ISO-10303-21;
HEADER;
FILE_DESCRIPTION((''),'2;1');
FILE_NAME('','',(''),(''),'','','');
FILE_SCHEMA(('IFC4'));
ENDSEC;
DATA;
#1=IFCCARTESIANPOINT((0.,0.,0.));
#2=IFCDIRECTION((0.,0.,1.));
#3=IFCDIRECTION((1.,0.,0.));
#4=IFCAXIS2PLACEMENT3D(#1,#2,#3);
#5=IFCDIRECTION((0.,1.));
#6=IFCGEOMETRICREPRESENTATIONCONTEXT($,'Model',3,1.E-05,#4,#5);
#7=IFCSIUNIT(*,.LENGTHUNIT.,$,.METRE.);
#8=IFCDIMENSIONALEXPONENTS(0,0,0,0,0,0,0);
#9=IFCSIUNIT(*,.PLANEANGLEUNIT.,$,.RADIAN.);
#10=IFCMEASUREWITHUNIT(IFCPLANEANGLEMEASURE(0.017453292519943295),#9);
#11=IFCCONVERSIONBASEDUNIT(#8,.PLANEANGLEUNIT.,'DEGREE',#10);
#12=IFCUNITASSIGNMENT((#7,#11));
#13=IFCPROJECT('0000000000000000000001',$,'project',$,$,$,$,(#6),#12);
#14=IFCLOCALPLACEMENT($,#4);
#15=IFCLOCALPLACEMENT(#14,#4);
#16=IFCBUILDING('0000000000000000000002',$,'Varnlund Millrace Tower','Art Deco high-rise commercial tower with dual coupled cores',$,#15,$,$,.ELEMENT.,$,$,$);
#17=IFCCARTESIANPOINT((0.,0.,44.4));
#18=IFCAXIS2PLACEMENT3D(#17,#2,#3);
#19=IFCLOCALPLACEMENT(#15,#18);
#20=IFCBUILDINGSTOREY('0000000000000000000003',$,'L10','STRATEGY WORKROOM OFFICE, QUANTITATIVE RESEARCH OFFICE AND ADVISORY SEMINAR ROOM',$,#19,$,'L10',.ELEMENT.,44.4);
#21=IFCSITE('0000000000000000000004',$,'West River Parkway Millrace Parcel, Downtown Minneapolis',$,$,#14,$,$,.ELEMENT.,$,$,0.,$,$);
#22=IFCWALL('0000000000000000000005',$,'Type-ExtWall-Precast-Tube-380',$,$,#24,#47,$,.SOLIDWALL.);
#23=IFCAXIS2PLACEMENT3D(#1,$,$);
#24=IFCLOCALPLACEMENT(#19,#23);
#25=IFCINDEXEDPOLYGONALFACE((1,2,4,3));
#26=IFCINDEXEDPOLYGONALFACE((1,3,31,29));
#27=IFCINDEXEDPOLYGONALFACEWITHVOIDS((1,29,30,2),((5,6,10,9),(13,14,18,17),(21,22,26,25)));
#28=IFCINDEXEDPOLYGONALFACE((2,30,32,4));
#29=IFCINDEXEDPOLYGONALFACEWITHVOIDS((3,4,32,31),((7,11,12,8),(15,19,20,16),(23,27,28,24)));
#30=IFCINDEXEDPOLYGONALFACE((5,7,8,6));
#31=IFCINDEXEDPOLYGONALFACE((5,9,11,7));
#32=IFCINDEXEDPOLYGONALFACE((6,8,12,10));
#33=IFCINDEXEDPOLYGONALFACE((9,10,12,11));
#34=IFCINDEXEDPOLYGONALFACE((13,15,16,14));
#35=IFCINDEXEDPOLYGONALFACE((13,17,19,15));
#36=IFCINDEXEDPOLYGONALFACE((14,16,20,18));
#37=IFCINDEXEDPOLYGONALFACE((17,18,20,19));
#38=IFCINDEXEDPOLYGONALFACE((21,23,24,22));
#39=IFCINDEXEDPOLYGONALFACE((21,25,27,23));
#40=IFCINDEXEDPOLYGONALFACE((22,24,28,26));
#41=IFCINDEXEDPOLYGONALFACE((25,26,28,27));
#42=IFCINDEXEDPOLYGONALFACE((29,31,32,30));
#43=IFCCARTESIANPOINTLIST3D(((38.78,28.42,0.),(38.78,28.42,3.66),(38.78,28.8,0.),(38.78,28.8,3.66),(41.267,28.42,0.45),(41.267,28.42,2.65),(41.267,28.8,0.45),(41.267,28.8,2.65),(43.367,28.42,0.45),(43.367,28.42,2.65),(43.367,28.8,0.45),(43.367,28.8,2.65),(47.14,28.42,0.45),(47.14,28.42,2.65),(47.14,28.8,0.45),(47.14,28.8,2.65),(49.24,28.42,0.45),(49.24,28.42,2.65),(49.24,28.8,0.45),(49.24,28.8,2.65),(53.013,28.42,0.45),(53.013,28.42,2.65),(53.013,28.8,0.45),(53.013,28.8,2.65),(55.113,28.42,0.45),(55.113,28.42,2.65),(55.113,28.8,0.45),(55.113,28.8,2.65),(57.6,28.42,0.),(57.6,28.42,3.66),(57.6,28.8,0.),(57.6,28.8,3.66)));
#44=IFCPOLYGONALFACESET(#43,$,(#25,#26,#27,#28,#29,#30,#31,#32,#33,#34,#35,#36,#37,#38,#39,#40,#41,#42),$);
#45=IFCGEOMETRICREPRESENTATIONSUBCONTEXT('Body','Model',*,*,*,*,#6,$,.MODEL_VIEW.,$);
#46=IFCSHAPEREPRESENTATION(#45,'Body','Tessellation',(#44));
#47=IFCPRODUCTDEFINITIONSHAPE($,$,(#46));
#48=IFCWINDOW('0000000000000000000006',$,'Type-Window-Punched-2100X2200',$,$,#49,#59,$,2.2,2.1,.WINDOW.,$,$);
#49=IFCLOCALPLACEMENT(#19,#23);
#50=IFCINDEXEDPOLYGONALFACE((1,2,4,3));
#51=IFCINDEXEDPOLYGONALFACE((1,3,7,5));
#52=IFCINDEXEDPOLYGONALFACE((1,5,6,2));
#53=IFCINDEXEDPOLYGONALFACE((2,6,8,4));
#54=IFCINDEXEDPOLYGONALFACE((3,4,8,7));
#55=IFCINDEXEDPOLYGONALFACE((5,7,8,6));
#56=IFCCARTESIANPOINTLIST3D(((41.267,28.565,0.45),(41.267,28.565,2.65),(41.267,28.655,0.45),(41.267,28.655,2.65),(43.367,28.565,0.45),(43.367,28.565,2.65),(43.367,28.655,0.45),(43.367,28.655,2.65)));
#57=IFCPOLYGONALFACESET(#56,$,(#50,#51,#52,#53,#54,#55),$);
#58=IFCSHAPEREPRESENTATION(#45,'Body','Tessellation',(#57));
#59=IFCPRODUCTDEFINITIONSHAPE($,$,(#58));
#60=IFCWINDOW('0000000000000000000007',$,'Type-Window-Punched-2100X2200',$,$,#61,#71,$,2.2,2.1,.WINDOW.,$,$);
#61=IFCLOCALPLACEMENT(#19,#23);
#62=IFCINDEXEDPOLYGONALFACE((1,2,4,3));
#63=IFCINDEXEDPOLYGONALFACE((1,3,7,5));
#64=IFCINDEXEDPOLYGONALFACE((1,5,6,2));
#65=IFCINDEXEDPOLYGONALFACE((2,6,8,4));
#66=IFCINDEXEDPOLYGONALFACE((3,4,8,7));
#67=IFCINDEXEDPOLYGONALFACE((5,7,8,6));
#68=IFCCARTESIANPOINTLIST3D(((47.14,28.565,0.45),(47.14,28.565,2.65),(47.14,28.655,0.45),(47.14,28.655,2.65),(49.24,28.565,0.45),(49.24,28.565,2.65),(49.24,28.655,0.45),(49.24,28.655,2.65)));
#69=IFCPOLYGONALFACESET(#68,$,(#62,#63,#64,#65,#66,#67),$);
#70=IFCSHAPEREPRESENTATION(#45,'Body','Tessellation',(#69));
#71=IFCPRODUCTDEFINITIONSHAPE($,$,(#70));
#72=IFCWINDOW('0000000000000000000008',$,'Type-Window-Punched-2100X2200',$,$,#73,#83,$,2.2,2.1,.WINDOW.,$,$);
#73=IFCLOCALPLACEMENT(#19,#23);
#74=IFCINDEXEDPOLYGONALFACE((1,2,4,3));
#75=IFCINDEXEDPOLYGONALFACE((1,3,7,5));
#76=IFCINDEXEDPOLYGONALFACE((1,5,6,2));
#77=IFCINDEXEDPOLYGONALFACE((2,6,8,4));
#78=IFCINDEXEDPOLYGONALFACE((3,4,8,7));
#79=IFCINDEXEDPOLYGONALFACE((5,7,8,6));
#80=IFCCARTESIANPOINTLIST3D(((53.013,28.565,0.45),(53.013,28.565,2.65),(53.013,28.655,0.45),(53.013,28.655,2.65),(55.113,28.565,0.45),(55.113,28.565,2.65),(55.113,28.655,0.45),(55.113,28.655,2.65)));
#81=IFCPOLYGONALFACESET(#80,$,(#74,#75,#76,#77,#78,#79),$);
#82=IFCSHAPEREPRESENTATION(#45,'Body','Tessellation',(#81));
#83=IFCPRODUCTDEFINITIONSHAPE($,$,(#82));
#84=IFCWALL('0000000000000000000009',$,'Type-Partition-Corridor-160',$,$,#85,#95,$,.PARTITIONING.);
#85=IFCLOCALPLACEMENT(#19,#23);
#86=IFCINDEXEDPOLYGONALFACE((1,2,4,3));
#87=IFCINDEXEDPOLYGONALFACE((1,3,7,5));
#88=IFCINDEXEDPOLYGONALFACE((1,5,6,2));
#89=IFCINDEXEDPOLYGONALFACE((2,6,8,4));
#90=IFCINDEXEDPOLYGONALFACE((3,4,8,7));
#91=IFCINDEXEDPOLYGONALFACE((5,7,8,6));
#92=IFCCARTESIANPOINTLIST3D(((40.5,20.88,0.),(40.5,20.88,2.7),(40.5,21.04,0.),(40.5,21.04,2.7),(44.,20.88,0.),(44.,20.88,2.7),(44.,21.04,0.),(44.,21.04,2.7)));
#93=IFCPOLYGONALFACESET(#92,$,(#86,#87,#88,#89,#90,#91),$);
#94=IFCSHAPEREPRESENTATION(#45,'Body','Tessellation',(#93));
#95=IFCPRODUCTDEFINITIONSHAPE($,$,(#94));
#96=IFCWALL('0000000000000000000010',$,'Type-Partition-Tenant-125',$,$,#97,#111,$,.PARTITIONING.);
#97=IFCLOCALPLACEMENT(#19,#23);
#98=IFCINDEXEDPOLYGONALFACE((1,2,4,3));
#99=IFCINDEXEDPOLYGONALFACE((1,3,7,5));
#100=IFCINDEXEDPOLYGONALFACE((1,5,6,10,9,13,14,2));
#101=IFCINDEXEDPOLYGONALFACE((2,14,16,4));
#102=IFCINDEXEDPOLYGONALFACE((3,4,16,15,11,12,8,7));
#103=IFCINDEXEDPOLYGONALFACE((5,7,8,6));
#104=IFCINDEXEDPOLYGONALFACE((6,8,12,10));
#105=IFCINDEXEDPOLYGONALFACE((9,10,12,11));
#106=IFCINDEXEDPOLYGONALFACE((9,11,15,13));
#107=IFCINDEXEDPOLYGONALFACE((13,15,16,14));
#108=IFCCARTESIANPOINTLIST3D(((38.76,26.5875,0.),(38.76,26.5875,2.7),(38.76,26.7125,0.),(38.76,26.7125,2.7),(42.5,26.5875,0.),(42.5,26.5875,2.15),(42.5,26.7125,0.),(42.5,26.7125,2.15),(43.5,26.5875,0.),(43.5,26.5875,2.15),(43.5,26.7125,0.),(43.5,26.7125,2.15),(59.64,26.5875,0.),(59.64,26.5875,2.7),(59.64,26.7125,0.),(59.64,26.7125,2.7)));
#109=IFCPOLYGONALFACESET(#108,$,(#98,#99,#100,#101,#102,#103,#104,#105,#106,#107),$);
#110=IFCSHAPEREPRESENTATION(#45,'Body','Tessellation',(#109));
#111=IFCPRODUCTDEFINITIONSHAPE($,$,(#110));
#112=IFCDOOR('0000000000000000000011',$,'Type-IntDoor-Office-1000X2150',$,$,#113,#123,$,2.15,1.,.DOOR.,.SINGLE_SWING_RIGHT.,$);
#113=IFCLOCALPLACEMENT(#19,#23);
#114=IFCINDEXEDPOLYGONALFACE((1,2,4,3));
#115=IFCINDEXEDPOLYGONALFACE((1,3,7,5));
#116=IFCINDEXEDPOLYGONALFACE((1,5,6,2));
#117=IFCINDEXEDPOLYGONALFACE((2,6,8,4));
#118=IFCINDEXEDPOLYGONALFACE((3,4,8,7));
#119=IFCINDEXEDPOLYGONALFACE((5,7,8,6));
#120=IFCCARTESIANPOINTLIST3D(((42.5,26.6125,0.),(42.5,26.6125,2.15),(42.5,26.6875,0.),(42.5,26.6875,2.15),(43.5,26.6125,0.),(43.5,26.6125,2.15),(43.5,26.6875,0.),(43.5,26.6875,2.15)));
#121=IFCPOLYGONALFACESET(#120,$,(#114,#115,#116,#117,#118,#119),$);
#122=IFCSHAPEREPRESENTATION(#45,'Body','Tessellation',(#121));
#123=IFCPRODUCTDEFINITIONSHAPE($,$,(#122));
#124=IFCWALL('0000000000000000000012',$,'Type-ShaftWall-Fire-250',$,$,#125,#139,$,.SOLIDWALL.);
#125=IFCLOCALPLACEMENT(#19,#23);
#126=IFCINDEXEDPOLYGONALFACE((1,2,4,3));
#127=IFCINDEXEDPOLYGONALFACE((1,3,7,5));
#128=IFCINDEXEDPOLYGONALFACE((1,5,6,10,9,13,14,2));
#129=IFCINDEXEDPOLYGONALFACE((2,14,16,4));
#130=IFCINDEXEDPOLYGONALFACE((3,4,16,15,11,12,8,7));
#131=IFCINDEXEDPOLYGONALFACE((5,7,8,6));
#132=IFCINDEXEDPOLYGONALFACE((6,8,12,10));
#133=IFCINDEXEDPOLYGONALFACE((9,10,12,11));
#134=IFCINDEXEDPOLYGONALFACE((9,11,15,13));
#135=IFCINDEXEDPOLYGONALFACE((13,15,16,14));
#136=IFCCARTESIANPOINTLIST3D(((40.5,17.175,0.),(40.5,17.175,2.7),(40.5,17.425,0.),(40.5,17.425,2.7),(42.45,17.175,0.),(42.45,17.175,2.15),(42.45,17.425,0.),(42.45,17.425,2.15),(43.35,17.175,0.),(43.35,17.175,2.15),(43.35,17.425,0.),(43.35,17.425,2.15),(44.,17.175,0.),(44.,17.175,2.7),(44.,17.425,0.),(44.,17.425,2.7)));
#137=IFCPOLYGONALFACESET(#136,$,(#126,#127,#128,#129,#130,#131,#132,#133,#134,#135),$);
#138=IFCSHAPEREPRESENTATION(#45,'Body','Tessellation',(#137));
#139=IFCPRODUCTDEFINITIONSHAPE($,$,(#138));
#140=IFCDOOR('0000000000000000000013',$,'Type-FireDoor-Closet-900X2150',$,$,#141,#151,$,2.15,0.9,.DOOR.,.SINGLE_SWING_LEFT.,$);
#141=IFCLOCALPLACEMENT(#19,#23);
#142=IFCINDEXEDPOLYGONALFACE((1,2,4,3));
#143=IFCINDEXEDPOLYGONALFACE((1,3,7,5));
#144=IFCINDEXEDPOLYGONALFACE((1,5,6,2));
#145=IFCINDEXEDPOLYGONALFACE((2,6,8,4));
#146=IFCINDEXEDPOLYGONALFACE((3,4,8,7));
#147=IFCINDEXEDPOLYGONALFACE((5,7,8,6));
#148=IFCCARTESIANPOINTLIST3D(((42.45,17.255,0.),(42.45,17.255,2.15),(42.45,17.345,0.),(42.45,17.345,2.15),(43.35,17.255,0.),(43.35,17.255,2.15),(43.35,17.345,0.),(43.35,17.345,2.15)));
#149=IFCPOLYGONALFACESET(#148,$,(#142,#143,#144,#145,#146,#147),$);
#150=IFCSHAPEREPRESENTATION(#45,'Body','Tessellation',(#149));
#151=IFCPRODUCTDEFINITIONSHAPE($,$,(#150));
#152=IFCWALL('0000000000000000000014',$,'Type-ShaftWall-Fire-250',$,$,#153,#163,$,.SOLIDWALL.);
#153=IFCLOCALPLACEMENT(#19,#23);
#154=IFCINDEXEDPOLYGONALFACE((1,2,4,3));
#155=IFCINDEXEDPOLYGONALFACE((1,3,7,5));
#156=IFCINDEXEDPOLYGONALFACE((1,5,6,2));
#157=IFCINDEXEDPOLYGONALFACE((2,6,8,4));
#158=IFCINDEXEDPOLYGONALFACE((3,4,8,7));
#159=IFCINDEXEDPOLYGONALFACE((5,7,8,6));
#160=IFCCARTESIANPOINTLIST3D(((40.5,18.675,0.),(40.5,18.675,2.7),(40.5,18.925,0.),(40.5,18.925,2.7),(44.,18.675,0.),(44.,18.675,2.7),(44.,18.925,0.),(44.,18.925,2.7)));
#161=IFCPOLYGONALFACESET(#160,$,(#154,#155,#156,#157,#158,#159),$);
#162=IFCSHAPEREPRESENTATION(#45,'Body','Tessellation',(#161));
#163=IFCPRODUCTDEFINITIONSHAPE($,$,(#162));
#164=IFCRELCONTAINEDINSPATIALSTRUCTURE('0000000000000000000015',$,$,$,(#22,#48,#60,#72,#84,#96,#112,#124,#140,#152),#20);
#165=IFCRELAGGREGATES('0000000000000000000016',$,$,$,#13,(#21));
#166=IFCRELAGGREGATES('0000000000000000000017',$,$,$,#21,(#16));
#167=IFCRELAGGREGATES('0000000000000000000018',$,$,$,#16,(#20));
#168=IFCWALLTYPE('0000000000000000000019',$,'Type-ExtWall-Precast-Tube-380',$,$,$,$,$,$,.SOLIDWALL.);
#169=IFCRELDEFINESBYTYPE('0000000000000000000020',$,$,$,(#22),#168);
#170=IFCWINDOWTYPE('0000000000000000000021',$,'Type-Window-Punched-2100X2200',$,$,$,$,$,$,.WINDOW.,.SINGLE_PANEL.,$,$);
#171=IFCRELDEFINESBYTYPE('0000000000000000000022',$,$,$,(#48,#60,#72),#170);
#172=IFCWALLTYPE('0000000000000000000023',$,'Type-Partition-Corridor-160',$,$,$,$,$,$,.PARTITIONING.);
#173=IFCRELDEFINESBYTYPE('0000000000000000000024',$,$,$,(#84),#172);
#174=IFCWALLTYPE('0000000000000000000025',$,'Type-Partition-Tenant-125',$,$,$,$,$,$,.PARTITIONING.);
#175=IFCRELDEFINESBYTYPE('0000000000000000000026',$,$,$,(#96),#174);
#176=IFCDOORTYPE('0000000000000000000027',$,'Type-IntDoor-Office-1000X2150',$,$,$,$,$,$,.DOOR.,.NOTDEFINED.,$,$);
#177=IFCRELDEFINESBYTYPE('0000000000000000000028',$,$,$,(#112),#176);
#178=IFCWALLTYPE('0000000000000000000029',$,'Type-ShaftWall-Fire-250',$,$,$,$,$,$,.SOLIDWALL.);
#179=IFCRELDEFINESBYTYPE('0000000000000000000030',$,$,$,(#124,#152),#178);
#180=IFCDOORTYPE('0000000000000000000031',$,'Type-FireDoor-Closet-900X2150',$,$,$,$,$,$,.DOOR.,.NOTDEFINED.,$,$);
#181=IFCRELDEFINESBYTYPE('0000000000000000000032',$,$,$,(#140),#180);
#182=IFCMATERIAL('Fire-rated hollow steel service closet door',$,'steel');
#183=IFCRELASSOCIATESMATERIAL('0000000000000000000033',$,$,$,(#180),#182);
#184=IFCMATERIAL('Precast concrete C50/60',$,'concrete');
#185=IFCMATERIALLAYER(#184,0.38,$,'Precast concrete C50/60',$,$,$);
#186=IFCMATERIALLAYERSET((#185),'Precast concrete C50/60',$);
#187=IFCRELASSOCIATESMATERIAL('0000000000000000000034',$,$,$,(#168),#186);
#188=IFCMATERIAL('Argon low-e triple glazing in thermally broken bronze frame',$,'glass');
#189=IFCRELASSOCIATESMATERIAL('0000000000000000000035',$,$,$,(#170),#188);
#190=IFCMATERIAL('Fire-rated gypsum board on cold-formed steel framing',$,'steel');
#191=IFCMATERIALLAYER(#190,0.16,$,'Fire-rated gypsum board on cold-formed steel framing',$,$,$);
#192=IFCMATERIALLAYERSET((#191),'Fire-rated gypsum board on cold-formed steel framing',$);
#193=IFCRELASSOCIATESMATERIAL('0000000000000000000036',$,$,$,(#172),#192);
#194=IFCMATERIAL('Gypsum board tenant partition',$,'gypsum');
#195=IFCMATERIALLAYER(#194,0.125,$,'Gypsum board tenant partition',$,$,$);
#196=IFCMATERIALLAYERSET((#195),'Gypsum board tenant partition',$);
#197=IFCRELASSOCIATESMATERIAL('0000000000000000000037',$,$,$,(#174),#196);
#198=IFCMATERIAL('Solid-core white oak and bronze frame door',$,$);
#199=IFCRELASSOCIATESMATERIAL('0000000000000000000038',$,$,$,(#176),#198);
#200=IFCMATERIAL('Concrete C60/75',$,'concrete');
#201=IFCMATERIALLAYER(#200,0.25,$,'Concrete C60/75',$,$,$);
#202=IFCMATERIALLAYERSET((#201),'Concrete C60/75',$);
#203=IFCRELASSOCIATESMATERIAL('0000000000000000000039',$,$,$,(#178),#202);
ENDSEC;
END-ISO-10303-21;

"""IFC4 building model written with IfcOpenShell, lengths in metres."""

from ifc_helpers import new_model, entity, si_unit, converted_unit, direction, frame, origin_with_axes, origin_2d_with_axis, place, context, subcontext, project, spatial, polyline, rectangle, outline, extrude, material, layer, layer_set, type_object, element, fill, save


model = new_model("IFC4")

# Units and contexts
model_context = context("Model", 3, precision=1e-05, world=origin_with_axes(), true_north=direction((0.0, 1.0)))
body_context = subcontext(model_context, "Body", "Model", "MODEL_VIEW")
ifc_project = project(units=[si_unit("LENGTHUNIT", "METRE"), converted_unit("PLANEANGLEUNIT", "DEGREE", entity("IfcPlaneAngleMeasure", 0.017453292519943295), si_unit("PLANEANGLEUNIT", "RADIAN"), dimensions=[0, 0, 0, 0, 0, 0, 0])], contexts=[model_context])

# Site, building, storey
site_placement = place(None, origin_with_axes())
site = spatial("IfcSite", under=ifc_project, at=site_placement, Name="West River Parkway Millrace Parcel, Downtown Minneapolis", CompositionType="ELEMENT", RefElevation=0.0)
building_placement = place(site_placement, origin_with_axes())
building = spatial("IfcBuilding", under=site, at=building_placement, Name="Varnlund Millrace Tower", Description="Art Deco high-rise commercial tower with dual coupled cores", CompositionType="ELEMENT")
storey_placement = place(building_placement, frame((0.0, 0.0, 44.4), z_axis=(0.0, 0.0, 1.0), x_axis=(1.0, 0.0, 0.0)))
storey = spatial("IfcBuildingStorey", under=building, at=storey_placement, Name="L10", Description="STRATEGY WORKROOM OFFICE, QUANTITATIVE RESEARCH OFFICE AND ADVISORY SEMINAR ROOM", LongName="L10", CompositionType="ELEMENT", Elevation=44.4)

# Shared definitions
ifc_material_1 = material(Name="Fire-rated hollow steel service closet door", Category="steel")
door_type_1 = type_object("IfcDoorType", Name="Type-FireDoor-Closet-900X2150", OperationType="NOTDEFINED", PredefinedType="DOOR", material=ifc_material_1)

# Wall, openings, windows
ifc_material_2 = material(Name="Precast concrete C50/60", Category="concrete")
ifc_layer_1 = layer(ifc_material_2, 0.38, Name="Precast concrete C50/60")
ifc_layer_set_1 = layer_set([ifc_layer_1], Name="Precast concrete C50/60")
wall_type_1 = type_object("IfcWallType", Name="Type-ExtWall-Precast-Tube-380", PredefinedType="SOLIDWALL", material=ifc_layer_set_1)
wall_1_placement = place(storey_placement, frame((38.78, 28.61, 0.0), z_axis=(0.0, 0.0, 1.0), x_axis=(1.0, 0.0, 0.0)))
wall_1 = element("IfcWall", 1, at=wall_1_placement, inside=storey, type_object=wall_type_1, Name="Type-ExtWall-Precast-Tube-380", PredefinedType="SOLIDWALL", context=body_context, shape_type="SweptSolid", body=[
    extrude(outline(polyline([(0.0, -0.19), (18.82, -0.19), (18.82, 0.19), (0.0, 0.19), (0.0, -0.19)])), origin_with_axes(), (0.0, 0.0, 1.0), 3.66),
])
opening_1_placement = place(wall_1_placement, frame((3.537, 0.0, 0.45), z_axis=(0.0, 0.0, 1.0), x_axis=(1.0, 0.0, 0.0)))
opening_1 = element("IfcOpeningElement", 2, at=opening_1_placement, cuts=wall_1, PredefinedType="OPENING", context=body_context, shape_type="SweptSolid", body=[
    extrude(rectangle(XDim=2.1, YDim=0.4, at=origin_2d_with_axis()), origin_with_axes(), (0.0, 0.0, 1.0), 2.2),
])
opening_2_placement = place(wall_1_placement, frame((9.41, 0.0, 0.45), z_axis=(0.0, 0.0, 1.0), x_axis=(1.0, 0.0, 0.0)))
opening_2 = element("IfcOpeningElement", 3, at=opening_2_placement, cuts=wall_1, PredefinedType="OPENING", context=body_context, shape_type="SweptSolid", body=[
    extrude(rectangle(XDim=2.1, YDim=0.4, at=origin_2d_with_axis()), origin_with_axes(), (0.0, 0.0, 1.0), 2.2),
])
opening_3_placement = place(wall_1_placement, frame((15.283, 0.0, 0.45), z_axis=(0.0, 0.0, 1.0), x_axis=(1.0, 0.0, 0.0)))
opening_3 = element("IfcOpeningElement", 4, at=opening_3_placement, cuts=wall_1, PredefinedType="OPENING", context=body_context, shape_type="SweptSolid", body=[
    extrude(rectangle(XDim=2.1, YDim=0.4, at=origin_2d_with_axis()), origin_with_axes(), (0.0, 0.0, 1.0), 2.2),
])
ifc_material_3 = material(Name="Argon low-e triple glazing in thermally broken bronze frame", Category="glass")
window_type = type_object("IfcWindowType", Name="Type-Window-Punched-2100X2200", PartitioningType="SINGLE_PANEL", PredefinedType="WINDOW", material=ifc_material_3)
window_1_placement = place(wall_1_placement, frame((3.537, 0.0, 0.45), z_axis=(0.0, 0.0, 1.0), x_axis=(1.0, 0.0, 0.0)))
window_1 = element("IfcWindow", 5, at=window_1_placement, inside=storey, type_object=window_type, Name="Type-Window-Punched-2100X2200", OverallHeight=2.2, OverallWidth=2.1, PredefinedType="WINDOW", context=body_context, shape_type="SweptSolid", body=[
    extrude(rectangle(XDim=2.1, YDim=0.09, at=origin_2d_with_axis()), origin_with_axes(), (0.0, 0.0, 1.0), 2.2),
])
fill(opening_1, window_1)
window_2_placement = place(wall_1_placement, frame((9.41, 0.0, 0.45), z_axis=(0.0, 0.0, 1.0), x_axis=(1.0, 0.0, 0.0)))
window_2 = element("IfcWindow", 6, at=window_2_placement, inside=storey, type_object=window_type, Name="Type-Window-Punched-2100X2200", OverallHeight=2.2, OverallWidth=2.1, PredefinedType="WINDOW", context=body_context, shape_type="SweptSolid", body=[
    extrude(rectangle(XDim=2.1, YDim=0.09, at=origin_2d_with_axis()), origin_with_axes(), (0.0, 0.0, 1.0), 2.2),
])
fill(opening_2, window_2)
window_3_placement = place(wall_1_placement, frame((15.283, 0.0, 0.45), z_axis=(0.0, 0.0, 1.0), x_axis=(1.0, 0.0, 0.0)))
window_3 = element("IfcWindow", 7, at=window_3_placement, inside=storey, type_object=window_type, Name="Type-Window-Punched-2100X2200", OverallHeight=2.2, OverallWidth=2.1, PredefinedType="WINDOW", context=body_context, shape_type="SweptSolid", body=[
    extrude(rectangle(XDim=2.1, YDim=0.09, at=origin_2d_with_axis()), origin_with_axes(), (0.0, 0.0, 1.0), 2.2),
])
fill(opening_3, window_3)

# Wall
ifc_material_4 = material(Name="Fire-rated gypsum board on cold-formed steel framing", Category="steel")
ifc_layer_2 = layer(ifc_material_4, 0.16, Name="Fire-rated gypsum board on cold-formed steel framing")
ifc_layer_set_2 = layer_set([ifc_layer_2], Name="Fire-rated gypsum board on cold-formed steel framing")
wall_type_2 = type_object("IfcWallType", Name="Type-Partition-Corridor-160", PredefinedType="PARTITIONING", material=ifc_layer_set_2)
wall_2_placement = place(storey_placement, frame((40.5, 20.96, 0.0), z_axis=(0.0, 0.0, 1.0), x_axis=(1.0, 0.0, 0.0)))
element("IfcWall", 8, at=wall_2_placement, inside=storey, type_object=wall_type_2, Name="Type-Partition-Corridor-160", PredefinedType="PARTITIONING", context=body_context, shape_type="SweptSolid", body=[
    extrude(outline(polyline([(0.0, -0.08), (3.5, -0.08), (3.5, 0.08), (0.0, 0.08), (0.0, -0.08)])), origin_with_axes(), (0.0, 0.0, 1.0), 2.7),
])

# Walls, openings, doors
ifc_material_5 = material(Name="Gypsum board tenant partition", Category="gypsum")
ifc_layer_3 = layer(ifc_material_5, 0.125, Name="Gypsum board tenant partition")
ifc_layer_set_3 = layer_set([ifc_layer_3], Name="Gypsum board tenant partition")
wall_type_3 = type_object("IfcWallType", Name="Type-Partition-Tenant-125", PredefinedType="PARTITIONING", material=ifc_layer_set_3)
wall_3_placement = place(storey_placement, frame((38.76, 26.65, 0.0), z_axis=(0.0, 0.0, 1.0), x_axis=(1.0, 0.0, 0.0)))
wall_3 = element("IfcWall", 9, at=wall_3_placement, inside=storey, type_object=wall_type_3, Name="Type-Partition-Tenant-125", PredefinedType="PARTITIONING", context=body_context, shape_type="SweptSolid", body=[
    extrude(outline(polyline([(0.0, -0.0625), (20.88, -0.0625), (20.88, 0.0625), (0.0, 0.0625), (0.0, -0.0625)])), origin_with_axes(), (0.0, 0.0, 1.0), 2.7),
])
opening_4_placement = place(wall_3_placement, frame((4.24, 0.0, 0.0), z_axis=(0.0, 0.0, 1.0), x_axis=(1.0, 0.0, 0.0)))
opening_4 = element("IfcOpeningElement", 10, at=opening_4_placement, cuts=wall_3, PredefinedType="OPENING", context=body_context, shape_type="SweptSolid", body=[
    extrude(rectangle(XDim=1.0, YDim=0.145, at=origin_2d_with_axis()), origin_with_axes(), (0.0, 0.0, 1.0), 2.15),
])
ifc_material_6 = material(Name="Solid-core white oak and bronze frame door")
door_type_2 = type_object("IfcDoorType", Name="Type-IntDoor-Office-1000X2150", OperationType="NOTDEFINED", PredefinedType="DOOR", material=ifc_material_6)
door_1_placement = place(wall_3_placement, frame((4.24, 0.0, 0.0), z_axis=(0.0, 0.0, 1.0), x_axis=(1.0, 0.0, 0.0)))
door_1 = element("IfcDoor", 11, at=door_1_placement, inside=storey, type_object=door_type_2, Name="Type-IntDoor-Office-1000X2150", OperationType="SINGLE_SWING_RIGHT", OverallHeight=2.15, OverallWidth=1.0, PredefinedType="DOOR", context=body_context, shape_type="SweptSolid", body=[
    extrude(rectangle(XDim=1.0, YDim=0.075, at=origin_2d_with_axis()), origin_with_axes(), (0.0, 0.0, 1.0), 2.15),
])
fill(opening_4, door_1)
ifc_material_7 = material(Name="Concrete C60/75", Category="concrete")
ifc_layer_4 = layer(ifc_material_7, 0.25, Name="Concrete C60/75")
ifc_layer_set_4 = layer_set([ifc_layer_4], Name="Concrete C60/75")
wall_type_4 = type_object("IfcWallType", Name="Type-ShaftWall-Fire-250", PredefinedType="SOLIDWALL", material=ifc_layer_set_4)
wall_4_placement = place(storey_placement, frame((40.5, 17.3, 0.0), z_axis=(0.0, 0.0, 1.0), x_axis=(1.0, 0.0, 0.0)))
wall_4 = element("IfcWall", 12, at=wall_4_placement, inside=storey, type_object=wall_type_4, Name="Type-ShaftWall-Fire-250", PredefinedType="SOLIDWALL", context=body_context, shape_type="SweptSolid", body=[
    extrude(outline(polyline([(0.0, -0.125), (3.5, -0.125), (3.5, 0.125), (0.0, 0.125), (0.0, -0.125)])), origin_with_axes(), (0.0, 0.0, 1.0), 2.7),
])
opening_5_placement = place(wall_4_placement, frame((2.4, 0.0, 0.0), z_axis=(0.0, 0.0, 1.0), x_axis=(1.0, 0.0, 0.0)))
opening_5 = element("IfcOpeningElement", 13, at=opening_5_placement, cuts=wall_4, PredefinedType="OPENING", context=body_context, shape_type="SweptSolid", body=[
    extrude(rectangle(XDim=0.9, YDim=0.27, at=origin_2d_with_axis()), origin_with_axes(), (0.0, 0.0, 1.0), 2.15),
])
door_2_placement = place(wall_4_placement, frame((2.4, 0.0, 0.0), z_axis=(0.0, 0.0, 1.0), x_axis=(1.0, 0.0, 0.0)))
door_2 = element("IfcDoor", 14, at=door_2_placement, inside=storey, type_object=door_type_1, Name="Type-FireDoor-Closet-900X2150", OperationType="SINGLE_SWING_LEFT", OverallHeight=2.15, OverallWidth=0.9, PredefinedType="DOOR", context=body_context, shape_type="SweptSolid", body=[
    extrude(rectangle(XDim=0.9, YDim=0.09, at=origin_2d_with_axis()), origin_with_axes(), (0.0, 0.0, 1.0), 2.15),
])
fill(opening_5, door_2)

# Wall
wall_5_placement = place(storey_placement, frame((40.5, 18.8, 0.0), z_axis=(0.0, 0.0, 1.0), x_axis=(1.0, 0.0, 0.0)))
element("IfcWall", 15, at=wall_5_placement, inside=storey, type_object=wall_type_4, Name="Type-ShaftWall-Fire-250", PredefinedType="SOLIDWALL", context=body_context, shape_type="SweptSolid", body=[
    extrude(outline(polyline([(0.0, -0.125), (3.5, -0.125), (3.5, 0.125), (0.0, 0.125), (0.0, -0.125)])), origin_with_axes(), (0.0, 0.0, 1.0), 2.7),
])

save(model, "model.ifc")
